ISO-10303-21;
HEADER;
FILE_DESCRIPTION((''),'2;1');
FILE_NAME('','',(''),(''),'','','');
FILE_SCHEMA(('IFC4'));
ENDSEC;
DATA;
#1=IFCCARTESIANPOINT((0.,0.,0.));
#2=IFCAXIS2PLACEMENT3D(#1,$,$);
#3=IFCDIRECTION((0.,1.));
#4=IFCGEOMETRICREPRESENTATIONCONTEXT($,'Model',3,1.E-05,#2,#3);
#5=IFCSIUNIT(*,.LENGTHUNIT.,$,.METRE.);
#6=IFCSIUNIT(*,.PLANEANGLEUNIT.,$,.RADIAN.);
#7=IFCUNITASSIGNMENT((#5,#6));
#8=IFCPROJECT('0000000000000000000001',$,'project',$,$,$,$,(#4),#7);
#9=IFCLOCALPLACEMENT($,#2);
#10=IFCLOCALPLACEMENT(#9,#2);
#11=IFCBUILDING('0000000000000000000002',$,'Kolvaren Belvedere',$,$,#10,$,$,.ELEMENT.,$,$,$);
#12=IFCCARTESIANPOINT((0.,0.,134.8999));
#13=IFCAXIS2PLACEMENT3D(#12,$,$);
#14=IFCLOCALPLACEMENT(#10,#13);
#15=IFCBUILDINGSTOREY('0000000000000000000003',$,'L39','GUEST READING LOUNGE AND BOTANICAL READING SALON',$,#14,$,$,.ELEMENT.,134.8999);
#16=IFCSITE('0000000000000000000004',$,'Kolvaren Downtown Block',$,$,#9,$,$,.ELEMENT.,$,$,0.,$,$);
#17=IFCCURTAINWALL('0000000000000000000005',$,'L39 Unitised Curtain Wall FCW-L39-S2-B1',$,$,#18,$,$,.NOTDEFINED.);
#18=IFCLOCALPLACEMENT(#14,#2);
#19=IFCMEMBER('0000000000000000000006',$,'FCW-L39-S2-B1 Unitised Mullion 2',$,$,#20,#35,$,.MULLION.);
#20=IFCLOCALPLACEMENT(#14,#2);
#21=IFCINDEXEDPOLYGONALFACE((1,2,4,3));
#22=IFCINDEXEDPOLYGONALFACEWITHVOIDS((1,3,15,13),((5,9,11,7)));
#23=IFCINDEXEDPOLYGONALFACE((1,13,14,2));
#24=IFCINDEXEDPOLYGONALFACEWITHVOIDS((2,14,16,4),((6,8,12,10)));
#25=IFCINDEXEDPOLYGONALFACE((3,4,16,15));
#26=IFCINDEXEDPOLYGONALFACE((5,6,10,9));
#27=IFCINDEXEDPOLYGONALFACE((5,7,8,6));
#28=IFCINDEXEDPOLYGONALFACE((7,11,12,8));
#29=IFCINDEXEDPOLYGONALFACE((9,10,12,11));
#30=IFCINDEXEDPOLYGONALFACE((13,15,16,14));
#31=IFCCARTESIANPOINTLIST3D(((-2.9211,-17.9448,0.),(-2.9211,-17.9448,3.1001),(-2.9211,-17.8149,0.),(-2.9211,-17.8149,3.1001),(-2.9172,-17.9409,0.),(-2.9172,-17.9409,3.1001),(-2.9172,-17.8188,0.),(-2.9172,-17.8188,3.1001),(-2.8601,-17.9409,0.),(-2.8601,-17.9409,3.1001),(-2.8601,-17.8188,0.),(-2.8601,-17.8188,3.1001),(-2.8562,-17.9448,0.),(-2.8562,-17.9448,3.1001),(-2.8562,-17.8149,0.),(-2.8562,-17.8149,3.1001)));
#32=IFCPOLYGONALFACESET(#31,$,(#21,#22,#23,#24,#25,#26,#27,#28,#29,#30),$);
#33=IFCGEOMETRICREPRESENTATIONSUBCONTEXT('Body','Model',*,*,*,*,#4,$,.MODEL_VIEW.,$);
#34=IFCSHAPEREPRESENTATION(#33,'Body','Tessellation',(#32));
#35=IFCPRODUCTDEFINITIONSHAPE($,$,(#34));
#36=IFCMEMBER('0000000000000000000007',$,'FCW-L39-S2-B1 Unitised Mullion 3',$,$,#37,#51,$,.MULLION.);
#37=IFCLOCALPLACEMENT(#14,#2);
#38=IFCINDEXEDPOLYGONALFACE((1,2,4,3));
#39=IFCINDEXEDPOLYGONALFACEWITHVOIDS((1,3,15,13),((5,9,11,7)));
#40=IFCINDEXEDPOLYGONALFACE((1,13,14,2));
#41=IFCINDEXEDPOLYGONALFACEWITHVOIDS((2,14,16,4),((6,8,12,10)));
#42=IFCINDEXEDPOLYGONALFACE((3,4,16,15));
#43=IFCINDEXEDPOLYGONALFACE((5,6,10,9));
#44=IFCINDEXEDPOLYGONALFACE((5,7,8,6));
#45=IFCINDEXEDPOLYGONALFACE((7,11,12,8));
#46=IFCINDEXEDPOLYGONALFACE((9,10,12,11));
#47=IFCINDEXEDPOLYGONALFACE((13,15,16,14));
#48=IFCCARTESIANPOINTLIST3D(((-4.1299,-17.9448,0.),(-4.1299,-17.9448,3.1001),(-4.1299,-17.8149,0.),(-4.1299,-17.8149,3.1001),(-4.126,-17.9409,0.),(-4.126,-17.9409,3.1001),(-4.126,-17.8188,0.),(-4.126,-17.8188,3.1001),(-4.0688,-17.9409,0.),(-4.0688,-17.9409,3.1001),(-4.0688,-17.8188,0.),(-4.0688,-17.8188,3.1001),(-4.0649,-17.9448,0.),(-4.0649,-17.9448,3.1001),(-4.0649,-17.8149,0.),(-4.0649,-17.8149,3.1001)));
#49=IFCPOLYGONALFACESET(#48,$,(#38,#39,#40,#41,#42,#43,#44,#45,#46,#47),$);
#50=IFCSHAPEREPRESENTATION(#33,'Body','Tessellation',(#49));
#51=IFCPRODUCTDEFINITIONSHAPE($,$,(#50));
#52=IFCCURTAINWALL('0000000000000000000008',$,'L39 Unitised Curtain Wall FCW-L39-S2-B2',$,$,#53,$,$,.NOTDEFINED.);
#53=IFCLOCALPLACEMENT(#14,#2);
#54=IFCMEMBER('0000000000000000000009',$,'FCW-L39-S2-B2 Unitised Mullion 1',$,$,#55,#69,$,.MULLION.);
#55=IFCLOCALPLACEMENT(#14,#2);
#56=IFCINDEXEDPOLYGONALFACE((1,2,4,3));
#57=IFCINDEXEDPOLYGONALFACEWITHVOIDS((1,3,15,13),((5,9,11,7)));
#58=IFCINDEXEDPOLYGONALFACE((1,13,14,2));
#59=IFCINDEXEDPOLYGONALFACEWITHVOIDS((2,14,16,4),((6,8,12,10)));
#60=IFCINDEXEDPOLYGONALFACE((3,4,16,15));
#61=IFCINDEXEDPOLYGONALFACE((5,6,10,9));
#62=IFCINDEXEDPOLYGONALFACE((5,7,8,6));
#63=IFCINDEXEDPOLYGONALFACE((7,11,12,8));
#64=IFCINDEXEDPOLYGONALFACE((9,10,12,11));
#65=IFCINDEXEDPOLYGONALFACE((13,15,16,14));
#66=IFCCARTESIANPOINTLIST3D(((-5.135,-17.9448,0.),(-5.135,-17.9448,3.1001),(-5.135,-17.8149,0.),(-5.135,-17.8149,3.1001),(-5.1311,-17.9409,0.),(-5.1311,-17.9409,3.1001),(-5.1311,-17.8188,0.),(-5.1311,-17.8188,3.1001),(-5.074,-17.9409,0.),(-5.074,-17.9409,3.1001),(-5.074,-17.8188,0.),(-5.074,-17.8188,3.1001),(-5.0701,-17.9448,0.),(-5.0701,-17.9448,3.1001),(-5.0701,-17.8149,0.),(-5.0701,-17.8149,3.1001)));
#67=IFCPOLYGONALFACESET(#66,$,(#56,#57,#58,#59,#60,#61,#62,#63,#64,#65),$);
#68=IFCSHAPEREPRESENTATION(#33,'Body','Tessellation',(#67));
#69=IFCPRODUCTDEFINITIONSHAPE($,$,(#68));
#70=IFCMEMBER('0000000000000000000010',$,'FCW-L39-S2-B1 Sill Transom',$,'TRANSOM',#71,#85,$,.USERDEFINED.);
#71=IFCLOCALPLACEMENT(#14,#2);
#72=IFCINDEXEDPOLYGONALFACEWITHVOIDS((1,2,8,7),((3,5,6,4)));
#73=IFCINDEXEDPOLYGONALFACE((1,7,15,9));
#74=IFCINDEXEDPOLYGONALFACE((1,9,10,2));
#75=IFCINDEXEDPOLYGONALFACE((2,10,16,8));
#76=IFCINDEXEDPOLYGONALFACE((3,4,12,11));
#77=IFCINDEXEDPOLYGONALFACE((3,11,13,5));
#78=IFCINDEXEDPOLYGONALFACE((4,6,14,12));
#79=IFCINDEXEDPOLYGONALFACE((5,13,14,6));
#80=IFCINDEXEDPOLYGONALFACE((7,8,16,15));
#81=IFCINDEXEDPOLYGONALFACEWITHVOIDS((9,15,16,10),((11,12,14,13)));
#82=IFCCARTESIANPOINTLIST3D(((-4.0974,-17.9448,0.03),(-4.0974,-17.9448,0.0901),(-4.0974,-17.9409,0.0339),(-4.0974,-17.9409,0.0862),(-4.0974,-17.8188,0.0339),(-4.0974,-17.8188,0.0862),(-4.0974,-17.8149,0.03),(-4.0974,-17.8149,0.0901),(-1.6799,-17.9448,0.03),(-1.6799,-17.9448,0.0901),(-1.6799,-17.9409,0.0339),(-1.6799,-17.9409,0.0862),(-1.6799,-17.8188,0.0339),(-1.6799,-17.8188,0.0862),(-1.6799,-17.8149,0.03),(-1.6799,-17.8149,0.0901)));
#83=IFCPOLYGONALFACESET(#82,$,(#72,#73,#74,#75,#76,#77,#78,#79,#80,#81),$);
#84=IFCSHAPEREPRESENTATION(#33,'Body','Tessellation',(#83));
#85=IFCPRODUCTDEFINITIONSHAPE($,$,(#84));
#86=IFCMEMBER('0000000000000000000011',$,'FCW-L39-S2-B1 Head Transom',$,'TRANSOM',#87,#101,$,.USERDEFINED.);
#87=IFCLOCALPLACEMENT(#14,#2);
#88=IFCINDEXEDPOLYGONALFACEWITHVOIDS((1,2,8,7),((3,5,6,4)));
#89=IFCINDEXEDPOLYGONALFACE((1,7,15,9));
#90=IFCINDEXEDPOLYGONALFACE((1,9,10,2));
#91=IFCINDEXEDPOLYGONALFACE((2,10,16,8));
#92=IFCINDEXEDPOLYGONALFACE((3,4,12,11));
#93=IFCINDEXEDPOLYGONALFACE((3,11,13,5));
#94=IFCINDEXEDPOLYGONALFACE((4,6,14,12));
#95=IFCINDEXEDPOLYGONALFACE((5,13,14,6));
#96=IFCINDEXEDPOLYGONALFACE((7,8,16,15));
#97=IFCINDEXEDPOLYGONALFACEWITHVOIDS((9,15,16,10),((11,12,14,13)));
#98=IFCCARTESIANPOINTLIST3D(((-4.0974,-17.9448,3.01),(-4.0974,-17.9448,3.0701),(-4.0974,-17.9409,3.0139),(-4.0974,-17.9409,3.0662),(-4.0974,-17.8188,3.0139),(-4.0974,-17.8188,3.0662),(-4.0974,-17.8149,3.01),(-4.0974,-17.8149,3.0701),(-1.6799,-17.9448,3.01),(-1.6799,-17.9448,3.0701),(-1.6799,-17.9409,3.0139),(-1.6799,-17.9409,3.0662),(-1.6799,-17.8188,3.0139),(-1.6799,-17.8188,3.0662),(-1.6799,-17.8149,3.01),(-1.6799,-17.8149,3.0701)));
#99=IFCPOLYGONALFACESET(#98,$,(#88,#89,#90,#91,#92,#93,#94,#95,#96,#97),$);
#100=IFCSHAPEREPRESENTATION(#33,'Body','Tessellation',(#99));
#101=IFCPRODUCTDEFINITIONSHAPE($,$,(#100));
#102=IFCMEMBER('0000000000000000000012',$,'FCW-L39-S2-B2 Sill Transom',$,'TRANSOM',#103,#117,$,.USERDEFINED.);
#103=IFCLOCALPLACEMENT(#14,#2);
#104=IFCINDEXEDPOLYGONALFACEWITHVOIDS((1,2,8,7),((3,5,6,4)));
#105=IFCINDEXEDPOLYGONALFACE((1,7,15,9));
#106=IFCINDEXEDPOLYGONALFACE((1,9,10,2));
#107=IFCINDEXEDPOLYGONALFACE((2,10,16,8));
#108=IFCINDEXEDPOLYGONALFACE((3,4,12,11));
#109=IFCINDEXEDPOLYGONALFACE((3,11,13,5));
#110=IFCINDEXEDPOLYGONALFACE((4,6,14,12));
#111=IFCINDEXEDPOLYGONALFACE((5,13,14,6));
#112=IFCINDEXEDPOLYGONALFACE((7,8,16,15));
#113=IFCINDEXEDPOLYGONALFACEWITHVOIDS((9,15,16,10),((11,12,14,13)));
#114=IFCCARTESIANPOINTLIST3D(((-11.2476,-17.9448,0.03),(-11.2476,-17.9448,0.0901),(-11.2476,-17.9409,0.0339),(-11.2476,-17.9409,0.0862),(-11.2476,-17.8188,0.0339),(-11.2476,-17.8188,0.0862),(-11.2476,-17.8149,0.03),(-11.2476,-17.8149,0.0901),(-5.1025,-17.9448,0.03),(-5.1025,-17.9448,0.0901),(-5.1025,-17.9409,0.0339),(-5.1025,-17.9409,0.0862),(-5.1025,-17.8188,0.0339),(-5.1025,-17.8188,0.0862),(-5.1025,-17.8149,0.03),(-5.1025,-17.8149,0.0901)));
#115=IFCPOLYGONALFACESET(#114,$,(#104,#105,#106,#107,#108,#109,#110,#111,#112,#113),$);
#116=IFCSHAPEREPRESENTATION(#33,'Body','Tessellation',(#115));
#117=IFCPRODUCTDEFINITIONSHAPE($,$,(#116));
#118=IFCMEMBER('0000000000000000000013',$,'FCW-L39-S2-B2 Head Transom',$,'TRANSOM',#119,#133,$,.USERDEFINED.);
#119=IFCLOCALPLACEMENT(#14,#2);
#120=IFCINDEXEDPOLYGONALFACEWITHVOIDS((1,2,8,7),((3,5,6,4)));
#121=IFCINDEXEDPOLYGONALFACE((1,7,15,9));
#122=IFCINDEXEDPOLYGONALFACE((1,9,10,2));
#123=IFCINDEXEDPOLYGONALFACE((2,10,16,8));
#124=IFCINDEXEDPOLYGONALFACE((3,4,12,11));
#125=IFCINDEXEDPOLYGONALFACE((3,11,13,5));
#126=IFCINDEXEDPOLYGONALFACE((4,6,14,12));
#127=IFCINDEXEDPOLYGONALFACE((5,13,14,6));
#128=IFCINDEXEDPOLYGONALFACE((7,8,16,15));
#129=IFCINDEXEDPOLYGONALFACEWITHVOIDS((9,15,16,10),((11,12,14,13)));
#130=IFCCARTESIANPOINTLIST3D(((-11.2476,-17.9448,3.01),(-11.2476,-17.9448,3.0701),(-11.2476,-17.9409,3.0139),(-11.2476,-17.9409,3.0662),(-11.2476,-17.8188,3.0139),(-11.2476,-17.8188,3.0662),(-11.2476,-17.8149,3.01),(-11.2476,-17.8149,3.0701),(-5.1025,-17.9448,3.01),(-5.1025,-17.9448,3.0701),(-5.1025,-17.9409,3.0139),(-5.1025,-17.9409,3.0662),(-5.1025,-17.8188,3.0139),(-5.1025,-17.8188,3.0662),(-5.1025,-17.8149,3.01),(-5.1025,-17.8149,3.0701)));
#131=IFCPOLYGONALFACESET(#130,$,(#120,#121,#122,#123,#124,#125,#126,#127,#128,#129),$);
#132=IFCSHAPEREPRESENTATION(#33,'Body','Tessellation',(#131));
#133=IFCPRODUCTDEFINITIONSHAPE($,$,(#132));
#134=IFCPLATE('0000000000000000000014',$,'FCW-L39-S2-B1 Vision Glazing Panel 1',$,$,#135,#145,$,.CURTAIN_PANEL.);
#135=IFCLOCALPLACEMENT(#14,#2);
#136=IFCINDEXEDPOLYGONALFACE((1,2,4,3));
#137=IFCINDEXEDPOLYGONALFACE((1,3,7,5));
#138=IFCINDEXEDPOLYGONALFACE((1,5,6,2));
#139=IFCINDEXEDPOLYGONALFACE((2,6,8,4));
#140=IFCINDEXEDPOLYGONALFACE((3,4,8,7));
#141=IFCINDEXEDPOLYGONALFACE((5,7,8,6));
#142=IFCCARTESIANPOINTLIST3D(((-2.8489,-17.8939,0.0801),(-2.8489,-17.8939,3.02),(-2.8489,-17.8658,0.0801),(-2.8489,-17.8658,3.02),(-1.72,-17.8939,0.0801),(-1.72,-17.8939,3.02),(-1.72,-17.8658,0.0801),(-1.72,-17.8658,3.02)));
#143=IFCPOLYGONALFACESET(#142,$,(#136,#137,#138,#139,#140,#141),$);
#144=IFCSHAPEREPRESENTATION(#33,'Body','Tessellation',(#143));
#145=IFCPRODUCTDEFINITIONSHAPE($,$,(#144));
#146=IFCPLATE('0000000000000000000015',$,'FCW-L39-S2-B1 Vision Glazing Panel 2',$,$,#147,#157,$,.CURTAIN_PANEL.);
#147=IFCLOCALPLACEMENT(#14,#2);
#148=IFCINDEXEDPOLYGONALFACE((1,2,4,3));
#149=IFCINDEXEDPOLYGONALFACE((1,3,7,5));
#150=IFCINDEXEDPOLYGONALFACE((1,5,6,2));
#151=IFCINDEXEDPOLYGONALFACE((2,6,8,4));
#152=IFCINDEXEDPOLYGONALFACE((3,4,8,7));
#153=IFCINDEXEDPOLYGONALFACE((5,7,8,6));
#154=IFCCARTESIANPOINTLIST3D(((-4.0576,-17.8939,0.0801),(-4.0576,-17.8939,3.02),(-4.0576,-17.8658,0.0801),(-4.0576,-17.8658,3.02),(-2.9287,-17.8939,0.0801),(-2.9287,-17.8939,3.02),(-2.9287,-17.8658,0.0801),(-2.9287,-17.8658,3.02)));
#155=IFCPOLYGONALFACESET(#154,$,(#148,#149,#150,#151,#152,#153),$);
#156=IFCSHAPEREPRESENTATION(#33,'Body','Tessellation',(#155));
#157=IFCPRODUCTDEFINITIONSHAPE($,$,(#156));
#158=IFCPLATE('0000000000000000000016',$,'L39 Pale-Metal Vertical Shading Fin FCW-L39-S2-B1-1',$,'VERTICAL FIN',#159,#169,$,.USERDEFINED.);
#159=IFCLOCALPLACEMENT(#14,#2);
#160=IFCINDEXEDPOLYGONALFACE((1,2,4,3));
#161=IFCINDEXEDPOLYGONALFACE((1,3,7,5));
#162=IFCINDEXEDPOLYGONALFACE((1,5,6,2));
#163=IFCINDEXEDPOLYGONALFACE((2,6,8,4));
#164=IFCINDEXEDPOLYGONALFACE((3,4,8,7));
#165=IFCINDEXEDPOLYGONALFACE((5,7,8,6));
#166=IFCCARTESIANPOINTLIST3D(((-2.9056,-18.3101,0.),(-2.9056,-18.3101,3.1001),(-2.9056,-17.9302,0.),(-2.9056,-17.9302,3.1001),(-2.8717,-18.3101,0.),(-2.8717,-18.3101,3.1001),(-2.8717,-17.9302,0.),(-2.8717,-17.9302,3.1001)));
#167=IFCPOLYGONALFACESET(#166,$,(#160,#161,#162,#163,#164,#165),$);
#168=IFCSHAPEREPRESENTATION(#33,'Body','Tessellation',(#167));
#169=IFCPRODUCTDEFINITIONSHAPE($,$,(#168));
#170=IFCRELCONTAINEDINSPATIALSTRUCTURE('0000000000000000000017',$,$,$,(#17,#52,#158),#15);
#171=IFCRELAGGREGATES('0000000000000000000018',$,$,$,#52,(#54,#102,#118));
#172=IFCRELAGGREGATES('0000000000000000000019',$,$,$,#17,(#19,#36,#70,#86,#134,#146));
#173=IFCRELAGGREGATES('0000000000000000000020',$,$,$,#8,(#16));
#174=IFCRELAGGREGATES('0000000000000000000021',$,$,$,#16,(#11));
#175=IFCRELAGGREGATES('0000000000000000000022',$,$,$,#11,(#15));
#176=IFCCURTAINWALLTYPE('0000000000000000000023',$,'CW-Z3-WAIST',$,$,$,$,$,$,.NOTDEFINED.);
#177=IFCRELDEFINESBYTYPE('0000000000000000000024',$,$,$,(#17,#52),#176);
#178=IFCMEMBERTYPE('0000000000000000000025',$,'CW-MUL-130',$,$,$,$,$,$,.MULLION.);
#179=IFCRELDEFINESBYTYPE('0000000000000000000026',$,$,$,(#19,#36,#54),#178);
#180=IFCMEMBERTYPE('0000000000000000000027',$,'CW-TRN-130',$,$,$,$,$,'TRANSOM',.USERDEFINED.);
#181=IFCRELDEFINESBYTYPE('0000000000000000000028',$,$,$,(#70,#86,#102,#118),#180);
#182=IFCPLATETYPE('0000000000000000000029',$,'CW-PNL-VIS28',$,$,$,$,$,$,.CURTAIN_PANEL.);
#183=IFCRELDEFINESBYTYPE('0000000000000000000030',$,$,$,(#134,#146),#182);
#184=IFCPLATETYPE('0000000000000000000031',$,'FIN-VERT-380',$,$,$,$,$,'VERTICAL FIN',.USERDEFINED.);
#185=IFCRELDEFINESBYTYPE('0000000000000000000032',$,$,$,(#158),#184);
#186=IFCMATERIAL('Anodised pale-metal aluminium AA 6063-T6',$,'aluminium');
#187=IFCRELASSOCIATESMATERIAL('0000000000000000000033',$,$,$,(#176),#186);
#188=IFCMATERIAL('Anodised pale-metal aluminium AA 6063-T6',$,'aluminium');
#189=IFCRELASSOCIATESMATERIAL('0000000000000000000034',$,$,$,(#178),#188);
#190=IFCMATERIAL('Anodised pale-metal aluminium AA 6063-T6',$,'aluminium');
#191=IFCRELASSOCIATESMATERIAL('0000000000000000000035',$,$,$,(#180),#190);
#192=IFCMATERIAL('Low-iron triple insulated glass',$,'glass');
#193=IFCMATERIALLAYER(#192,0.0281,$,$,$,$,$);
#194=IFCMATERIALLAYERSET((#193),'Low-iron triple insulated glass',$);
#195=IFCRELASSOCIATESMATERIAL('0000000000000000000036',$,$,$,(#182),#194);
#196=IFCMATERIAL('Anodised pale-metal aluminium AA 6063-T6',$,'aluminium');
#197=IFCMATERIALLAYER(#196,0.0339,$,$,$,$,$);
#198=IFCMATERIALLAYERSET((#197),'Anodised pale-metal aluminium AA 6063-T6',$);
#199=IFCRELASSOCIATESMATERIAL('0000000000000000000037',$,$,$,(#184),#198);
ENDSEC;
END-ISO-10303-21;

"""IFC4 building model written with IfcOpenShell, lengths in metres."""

from ifc_helpers import new_model, si_unit, direction, frame, origin, origin_2d, place, context, subcontext, project, spatial, rectangle, hollow_rectangle, extrude, material, layer, layer_set, material_profile, profile_set, type_object, element, aggregate, save


model = new_model("IFC4")

# Units and contexts
model_context = context("Model", 3, precision=1e-05, world=origin(), true_north=direction((0.0, 1.0)))
body_context = subcontext(model_context, "Body", "Model", "MODEL_VIEW")
ifc_project = project(units=[si_unit("LENGTHUNIT", "METRE"), si_unit("PLANEANGLEUNIT", "RADIAN")], contexts=[model_context])

# Site, building, storey
site_placement = place(None, origin())
site = spatial("IfcSite", under=ifc_project, at=site_placement, Name="Kolvaren Downtown Block", CompositionType="ELEMENT", RefElevation=0.0)
building_placement = place(site_placement, origin())
building = spatial("IfcBuilding", under=site, at=building_placement, Name="Kolvaren Belvedere", CompositionType="ELEMENT")
storey_placement = place(building_placement, frame((0.0, 0.0, 134.8999)))
storey = spatial("IfcBuildingStorey", under=building, at=storey_placement, Name="L39", Description="GUEST READING LOUNGE AND BOTANICAL READING SALON", CompositionType="ELEMENT", Elevation=134.8999)

# Curtain wall, members
ifc_material_1 = material(Name="Anodised pale-metal aluminium AA 6063-T6", Category="aluminium")
curtain_wall_type = type_object("IfcCurtainWallType", Name="CW-Z3-WAIST", PredefinedType="NOTDEFINED", material=ifc_material_1)
curtain_wall_1_placement = place(storey_placement, origin())
curtain_wall_1 = element("IfcCurtainWall", 1, at=curtain_wall_1_placement, inside=storey, type_object=curtain_wall_type, Name="L39 Unitised Curtain Wall FCW-L39-S2-B1", PredefinedType="NOTDEFINED")
ifc_material_2 = material(Name="Anodised pale-metal aluminium AA 6063-T6", Category="aluminium")
ifc_material_profile_1 = material_profile(ifc_material_2, hollow_rectangle(XDim=0.0649, YDim=0.1299, WallThickness=0.0039, at=origin_2d()), Name="ALU-MUL-130X65")
ifc_profile_set_1 = profile_set([ifc_material_profile_1], Name="Anodised pale-metal aluminium AA 6063-T6")
member_type_1 = type_object("IfcMemberType", Name="CW-MUL-130", PredefinedType="MULLION", material=ifc_profile_set_1)
member_1_placement = place(storey_placement, frame((-2.8887, -17.8799, 0.0), z_axis=(0.0, 0.0, 1.0), x_axis=(1.0, 0.0, 0.0)))
member_1 = element("IfcMember", 2, at=member_1_placement, type_object=member_type_1, Name="FCW-L39-S2-B1 Unitised Mullion 2", PredefinedType="MULLION", context=body_context, shape_type="SweptSolid", body=[
    extrude(hollow_rectangle(XDim=0.0649, YDim=0.1299, WallThickness=0.0039, at=origin_2d()), origin(), (0.0, 0.0, 1.0), 3.1001),
])
member_2_placement = place(storey_placement, frame((-4.0974, -17.8799, 0.0), z_axis=(0.0, 0.0, 1.0), x_axis=(1.0, 0.0, 0.0)))
member_2 = element("IfcMember", 3, at=member_2_placement, type_object=member_type_1, Name="FCW-L39-S2-B1 Unitised Mullion 3", PredefinedType="MULLION", context=body_context, shape_type="SweptSolid", body=[
    extrude(hollow_rectangle(XDim=0.0649, YDim=0.1299, WallThickness=0.0039, at=origin_2d()), origin(), (0.0, 0.0, 1.0), 3.1001),
])

# Curtain wall, member
curtain_wall_2_placement = place(storey_placement, origin())
curtain_wall_2 = element("IfcCurtainWall", 4, at=curtain_wall_2_placement, inside=storey, type_object=curtain_wall_type, Name="L39 Unitised Curtain Wall FCW-L39-S2-B2", PredefinedType="NOTDEFINED")
member_3_placement = place(storey_placement, frame((-5.1025, -17.8799, 0.0), z_axis=(0.0, 0.0, 1.0), x_axis=(1.0, 0.0, 0.0)))
member_3 = element("IfcMember", 5, at=member_3_placement, type_object=member_type_1, Name="FCW-L39-S2-B2 Unitised Mullion 1", PredefinedType="MULLION", context=body_context, shape_type="SweptSolid", body=[
    extrude(hollow_rectangle(XDim=0.0649, YDim=0.1299, WallThickness=0.0039, at=origin_2d()), origin(), (0.0, 0.0, 1.0), 3.1001),
])

# Members
ifc_material_3 = material(Name="Anodised pale-metal aluminium AA 6063-T6", Category="aluminium")
ifc_material_profile_2 = material_profile(ifc_material_3, hollow_rectangle(XDim=0.0601, YDim=0.1299, WallThickness=0.0039, at=origin_2d()), Name="ALU-TRN-130X60")
ifc_profile_set_2 = profile_set([ifc_material_profile_2], Name="Anodised pale-metal aluminium AA 6063-T6")
member_type_2 = type_object("IfcMemberType", Name="CW-TRN-130", ElementType="TRANSOM", PredefinedType="USERDEFINED", material=ifc_profile_set_2)
member_4_placement = place(storey_placement, frame((-1.6799, -17.8799, 0.0601), z_axis=(-1.0, 0.0, 0.0), x_axis=(0.0, 0.0, 1.0)))
member_4 = element("IfcMember", 6, at=member_4_placement, type_object=member_type_2, Name="FCW-L39-S2-B1 Sill Transom", ObjectType="TRANSOM", PredefinedType="USERDEFINED", context=body_context, shape_type="SweptSolid", body=[
    extrude(hollow_rectangle(XDim=0.0601, YDim=0.1299, WallThickness=0.0039, at=origin_2d()), origin(), (0.0, 0.0, 1.0), 2.4175),
])
member_5_placement = place(storey_placement, frame((-1.6799, -17.8799, 3.04), z_axis=(-1.0, 0.0, 0.0), x_axis=(0.0, 0.0, 1.0)))
member_5 = element("IfcMember", 7, at=member_5_placement, type_object=member_type_2, Name="FCW-L39-S2-B1 Head Transom", ObjectType="TRANSOM", PredefinedType="USERDEFINED", context=body_context, shape_type="SweptSolid", body=[
    extrude(hollow_rectangle(XDim=0.0601, YDim=0.1299, WallThickness=0.0039, at=origin_2d()), origin(), (0.0, 0.0, 1.0), 2.4175),
])
member_6_placement = place(storey_placement, frame((-5.1025, -17.8799, 0.0601), z_axis=(-1.0, 0.0, 0.0), x_axis=(0.0, 0.0, 1.0)))
member_6 = element("IfcMember", 8, at=member_6_placement, type_object=member_type_2, Name="FCW-L39-S2-B2 Sill Transom", ObjectType="TRANSOM", PredefinedType="USERDEFINED", context=body_context, shape_type="SweptSolid", body=[
    extrude(hollow_rectangle(XDim=0.0601, YDim=0.1299, WallThickness=0.0039, at=origin_2d()), origin(), (0.0, 0.0, 1.0), 6.145),
])
member_7_placement = place(storey_placement, frame((-5.1025, -17.8799, 3.04), z_axis=(-1.0, 0.0, 0.0), x_axis=(0.0, 0.0, 1.0)))
member_7 = element("IfcMember", 9, at=member_7_placement, type_object=member_type_2, Name="FCW-L39-S2-B2 Head Transom", ObjectType="TRANSOM", PredefinedType="USERDEFINED", context=body_context, shape_type="SweptSolid", body=[
    extrude(hollow_rectangle(XDim=0.0601, YDim=0.1299, WallThickness=0.0039, at=origin_2d()), origin(), (0.0, 0.0, 1.0), 6.145),
])
aggregate(curtain_wall_2, [member_3, member_6, member_7])

# Plates
ifc_material_4 = material(Name="Low-iron triple insulated glass", Category="glass")
ifc_layer_1 = layer(ifc_material_4, 0.0281)
ifc_layer_set_1 = layer_set([ifc_layer_1], Name="Low-iron triple insulated glass")
plate_type_1 = type_object("IfcPlateType", Name="CW-PNL-VIS28", PredefinedType="CURTAIN_PANEL", material=ifc_layer_set_1)
plate_1_placement = place(storey_placement, frame((-2.2844, -17.8799, 0.0801), z_axis=(0.0, 0.0, 1.0), x_axis=(-1.0, 0.0, 0.0)))
plate_1 = element("IfcPlate", 10, at=plate_1_placement, type_object=plate_type_1, Name="FCW-L39-S2-B1 Vision Glazing Panel 1", PredefinedType="CURTAIN_PANEL", context=body_context, shape_type="SweptSolid", body=[
    extrude(rectangle(XDim=1.1289, YDim=0.0281, at=origin_2d()), origin(), (0.0, 0.0, 1.0), 2.9399),
])
plate_2_placement = place(storey_placement, frame((-3.4932, -17.8799, 0.0801), z_axis=(0.0, 0.0, 1.0), x_axis=(-1.0, 0.0, 0.0)))
plate_2 = element("IfcPlate", 11, at=plate_2_placement, type_object=plate_type_1, Name="FCW-L39-S2-B1 Vision Glazing Panel 2", PredefinedType="CURTAIN_PANEL", context=body_context, shape_type="SweptSolid", body=[
    extrude(rectangle(XDim=1.1289, YDim=0.0281, at=origin_2d()), origin(), (0.0, 0.0, 1.0), 2.9399),
])
aggregate(curtain_wall_1, [member_1, member_2, member_4, member_5, plate_1, plate_2])
ifc_material_5 = material(Name="Anodised pale-metal aluminium AA 6063-T6", Category="aluminium")
ifc_layer_2 = layer(ifc_material_5, 0.0339)
ifc_layer_set_2 = layer_set([ifc_layer_2], Name="Anodised pale-metal aluminium AA 6063-T6")
plate_type_2 = type_object("IfcPlateType", Name="FIN-VERT-380", ElementType="VERTICAL FIN", PredefinedType="USERDEFINED", material=ifc_layer_set_2)
plate_3_placement = place(storey_placement, frame((-2.8887, -18.1201, 0.0), z_axis=(0.0, 0.0, 1.0), x_axis=(0.0, 1.0, 0.0)))
element("IfcPlate", 12, at=plate_3_placement, inside=storey, type_object=plate_type_2, Name="L39 Pale-Metal Vertical Shading Fin FCW-L39-S2-B1-1", ObjectType="VERTICAL FIN", PredefinedType="USERDEFINED", context=body_context, shape_type="SweptSolid", body=[
    extrude(rectangle(XDim=0.3799, YDim=0.0339, at=origin_2d()), origin(), (0.0, 0.0, 1.0), 3.1001),
])

save(model, "model.ifc")
